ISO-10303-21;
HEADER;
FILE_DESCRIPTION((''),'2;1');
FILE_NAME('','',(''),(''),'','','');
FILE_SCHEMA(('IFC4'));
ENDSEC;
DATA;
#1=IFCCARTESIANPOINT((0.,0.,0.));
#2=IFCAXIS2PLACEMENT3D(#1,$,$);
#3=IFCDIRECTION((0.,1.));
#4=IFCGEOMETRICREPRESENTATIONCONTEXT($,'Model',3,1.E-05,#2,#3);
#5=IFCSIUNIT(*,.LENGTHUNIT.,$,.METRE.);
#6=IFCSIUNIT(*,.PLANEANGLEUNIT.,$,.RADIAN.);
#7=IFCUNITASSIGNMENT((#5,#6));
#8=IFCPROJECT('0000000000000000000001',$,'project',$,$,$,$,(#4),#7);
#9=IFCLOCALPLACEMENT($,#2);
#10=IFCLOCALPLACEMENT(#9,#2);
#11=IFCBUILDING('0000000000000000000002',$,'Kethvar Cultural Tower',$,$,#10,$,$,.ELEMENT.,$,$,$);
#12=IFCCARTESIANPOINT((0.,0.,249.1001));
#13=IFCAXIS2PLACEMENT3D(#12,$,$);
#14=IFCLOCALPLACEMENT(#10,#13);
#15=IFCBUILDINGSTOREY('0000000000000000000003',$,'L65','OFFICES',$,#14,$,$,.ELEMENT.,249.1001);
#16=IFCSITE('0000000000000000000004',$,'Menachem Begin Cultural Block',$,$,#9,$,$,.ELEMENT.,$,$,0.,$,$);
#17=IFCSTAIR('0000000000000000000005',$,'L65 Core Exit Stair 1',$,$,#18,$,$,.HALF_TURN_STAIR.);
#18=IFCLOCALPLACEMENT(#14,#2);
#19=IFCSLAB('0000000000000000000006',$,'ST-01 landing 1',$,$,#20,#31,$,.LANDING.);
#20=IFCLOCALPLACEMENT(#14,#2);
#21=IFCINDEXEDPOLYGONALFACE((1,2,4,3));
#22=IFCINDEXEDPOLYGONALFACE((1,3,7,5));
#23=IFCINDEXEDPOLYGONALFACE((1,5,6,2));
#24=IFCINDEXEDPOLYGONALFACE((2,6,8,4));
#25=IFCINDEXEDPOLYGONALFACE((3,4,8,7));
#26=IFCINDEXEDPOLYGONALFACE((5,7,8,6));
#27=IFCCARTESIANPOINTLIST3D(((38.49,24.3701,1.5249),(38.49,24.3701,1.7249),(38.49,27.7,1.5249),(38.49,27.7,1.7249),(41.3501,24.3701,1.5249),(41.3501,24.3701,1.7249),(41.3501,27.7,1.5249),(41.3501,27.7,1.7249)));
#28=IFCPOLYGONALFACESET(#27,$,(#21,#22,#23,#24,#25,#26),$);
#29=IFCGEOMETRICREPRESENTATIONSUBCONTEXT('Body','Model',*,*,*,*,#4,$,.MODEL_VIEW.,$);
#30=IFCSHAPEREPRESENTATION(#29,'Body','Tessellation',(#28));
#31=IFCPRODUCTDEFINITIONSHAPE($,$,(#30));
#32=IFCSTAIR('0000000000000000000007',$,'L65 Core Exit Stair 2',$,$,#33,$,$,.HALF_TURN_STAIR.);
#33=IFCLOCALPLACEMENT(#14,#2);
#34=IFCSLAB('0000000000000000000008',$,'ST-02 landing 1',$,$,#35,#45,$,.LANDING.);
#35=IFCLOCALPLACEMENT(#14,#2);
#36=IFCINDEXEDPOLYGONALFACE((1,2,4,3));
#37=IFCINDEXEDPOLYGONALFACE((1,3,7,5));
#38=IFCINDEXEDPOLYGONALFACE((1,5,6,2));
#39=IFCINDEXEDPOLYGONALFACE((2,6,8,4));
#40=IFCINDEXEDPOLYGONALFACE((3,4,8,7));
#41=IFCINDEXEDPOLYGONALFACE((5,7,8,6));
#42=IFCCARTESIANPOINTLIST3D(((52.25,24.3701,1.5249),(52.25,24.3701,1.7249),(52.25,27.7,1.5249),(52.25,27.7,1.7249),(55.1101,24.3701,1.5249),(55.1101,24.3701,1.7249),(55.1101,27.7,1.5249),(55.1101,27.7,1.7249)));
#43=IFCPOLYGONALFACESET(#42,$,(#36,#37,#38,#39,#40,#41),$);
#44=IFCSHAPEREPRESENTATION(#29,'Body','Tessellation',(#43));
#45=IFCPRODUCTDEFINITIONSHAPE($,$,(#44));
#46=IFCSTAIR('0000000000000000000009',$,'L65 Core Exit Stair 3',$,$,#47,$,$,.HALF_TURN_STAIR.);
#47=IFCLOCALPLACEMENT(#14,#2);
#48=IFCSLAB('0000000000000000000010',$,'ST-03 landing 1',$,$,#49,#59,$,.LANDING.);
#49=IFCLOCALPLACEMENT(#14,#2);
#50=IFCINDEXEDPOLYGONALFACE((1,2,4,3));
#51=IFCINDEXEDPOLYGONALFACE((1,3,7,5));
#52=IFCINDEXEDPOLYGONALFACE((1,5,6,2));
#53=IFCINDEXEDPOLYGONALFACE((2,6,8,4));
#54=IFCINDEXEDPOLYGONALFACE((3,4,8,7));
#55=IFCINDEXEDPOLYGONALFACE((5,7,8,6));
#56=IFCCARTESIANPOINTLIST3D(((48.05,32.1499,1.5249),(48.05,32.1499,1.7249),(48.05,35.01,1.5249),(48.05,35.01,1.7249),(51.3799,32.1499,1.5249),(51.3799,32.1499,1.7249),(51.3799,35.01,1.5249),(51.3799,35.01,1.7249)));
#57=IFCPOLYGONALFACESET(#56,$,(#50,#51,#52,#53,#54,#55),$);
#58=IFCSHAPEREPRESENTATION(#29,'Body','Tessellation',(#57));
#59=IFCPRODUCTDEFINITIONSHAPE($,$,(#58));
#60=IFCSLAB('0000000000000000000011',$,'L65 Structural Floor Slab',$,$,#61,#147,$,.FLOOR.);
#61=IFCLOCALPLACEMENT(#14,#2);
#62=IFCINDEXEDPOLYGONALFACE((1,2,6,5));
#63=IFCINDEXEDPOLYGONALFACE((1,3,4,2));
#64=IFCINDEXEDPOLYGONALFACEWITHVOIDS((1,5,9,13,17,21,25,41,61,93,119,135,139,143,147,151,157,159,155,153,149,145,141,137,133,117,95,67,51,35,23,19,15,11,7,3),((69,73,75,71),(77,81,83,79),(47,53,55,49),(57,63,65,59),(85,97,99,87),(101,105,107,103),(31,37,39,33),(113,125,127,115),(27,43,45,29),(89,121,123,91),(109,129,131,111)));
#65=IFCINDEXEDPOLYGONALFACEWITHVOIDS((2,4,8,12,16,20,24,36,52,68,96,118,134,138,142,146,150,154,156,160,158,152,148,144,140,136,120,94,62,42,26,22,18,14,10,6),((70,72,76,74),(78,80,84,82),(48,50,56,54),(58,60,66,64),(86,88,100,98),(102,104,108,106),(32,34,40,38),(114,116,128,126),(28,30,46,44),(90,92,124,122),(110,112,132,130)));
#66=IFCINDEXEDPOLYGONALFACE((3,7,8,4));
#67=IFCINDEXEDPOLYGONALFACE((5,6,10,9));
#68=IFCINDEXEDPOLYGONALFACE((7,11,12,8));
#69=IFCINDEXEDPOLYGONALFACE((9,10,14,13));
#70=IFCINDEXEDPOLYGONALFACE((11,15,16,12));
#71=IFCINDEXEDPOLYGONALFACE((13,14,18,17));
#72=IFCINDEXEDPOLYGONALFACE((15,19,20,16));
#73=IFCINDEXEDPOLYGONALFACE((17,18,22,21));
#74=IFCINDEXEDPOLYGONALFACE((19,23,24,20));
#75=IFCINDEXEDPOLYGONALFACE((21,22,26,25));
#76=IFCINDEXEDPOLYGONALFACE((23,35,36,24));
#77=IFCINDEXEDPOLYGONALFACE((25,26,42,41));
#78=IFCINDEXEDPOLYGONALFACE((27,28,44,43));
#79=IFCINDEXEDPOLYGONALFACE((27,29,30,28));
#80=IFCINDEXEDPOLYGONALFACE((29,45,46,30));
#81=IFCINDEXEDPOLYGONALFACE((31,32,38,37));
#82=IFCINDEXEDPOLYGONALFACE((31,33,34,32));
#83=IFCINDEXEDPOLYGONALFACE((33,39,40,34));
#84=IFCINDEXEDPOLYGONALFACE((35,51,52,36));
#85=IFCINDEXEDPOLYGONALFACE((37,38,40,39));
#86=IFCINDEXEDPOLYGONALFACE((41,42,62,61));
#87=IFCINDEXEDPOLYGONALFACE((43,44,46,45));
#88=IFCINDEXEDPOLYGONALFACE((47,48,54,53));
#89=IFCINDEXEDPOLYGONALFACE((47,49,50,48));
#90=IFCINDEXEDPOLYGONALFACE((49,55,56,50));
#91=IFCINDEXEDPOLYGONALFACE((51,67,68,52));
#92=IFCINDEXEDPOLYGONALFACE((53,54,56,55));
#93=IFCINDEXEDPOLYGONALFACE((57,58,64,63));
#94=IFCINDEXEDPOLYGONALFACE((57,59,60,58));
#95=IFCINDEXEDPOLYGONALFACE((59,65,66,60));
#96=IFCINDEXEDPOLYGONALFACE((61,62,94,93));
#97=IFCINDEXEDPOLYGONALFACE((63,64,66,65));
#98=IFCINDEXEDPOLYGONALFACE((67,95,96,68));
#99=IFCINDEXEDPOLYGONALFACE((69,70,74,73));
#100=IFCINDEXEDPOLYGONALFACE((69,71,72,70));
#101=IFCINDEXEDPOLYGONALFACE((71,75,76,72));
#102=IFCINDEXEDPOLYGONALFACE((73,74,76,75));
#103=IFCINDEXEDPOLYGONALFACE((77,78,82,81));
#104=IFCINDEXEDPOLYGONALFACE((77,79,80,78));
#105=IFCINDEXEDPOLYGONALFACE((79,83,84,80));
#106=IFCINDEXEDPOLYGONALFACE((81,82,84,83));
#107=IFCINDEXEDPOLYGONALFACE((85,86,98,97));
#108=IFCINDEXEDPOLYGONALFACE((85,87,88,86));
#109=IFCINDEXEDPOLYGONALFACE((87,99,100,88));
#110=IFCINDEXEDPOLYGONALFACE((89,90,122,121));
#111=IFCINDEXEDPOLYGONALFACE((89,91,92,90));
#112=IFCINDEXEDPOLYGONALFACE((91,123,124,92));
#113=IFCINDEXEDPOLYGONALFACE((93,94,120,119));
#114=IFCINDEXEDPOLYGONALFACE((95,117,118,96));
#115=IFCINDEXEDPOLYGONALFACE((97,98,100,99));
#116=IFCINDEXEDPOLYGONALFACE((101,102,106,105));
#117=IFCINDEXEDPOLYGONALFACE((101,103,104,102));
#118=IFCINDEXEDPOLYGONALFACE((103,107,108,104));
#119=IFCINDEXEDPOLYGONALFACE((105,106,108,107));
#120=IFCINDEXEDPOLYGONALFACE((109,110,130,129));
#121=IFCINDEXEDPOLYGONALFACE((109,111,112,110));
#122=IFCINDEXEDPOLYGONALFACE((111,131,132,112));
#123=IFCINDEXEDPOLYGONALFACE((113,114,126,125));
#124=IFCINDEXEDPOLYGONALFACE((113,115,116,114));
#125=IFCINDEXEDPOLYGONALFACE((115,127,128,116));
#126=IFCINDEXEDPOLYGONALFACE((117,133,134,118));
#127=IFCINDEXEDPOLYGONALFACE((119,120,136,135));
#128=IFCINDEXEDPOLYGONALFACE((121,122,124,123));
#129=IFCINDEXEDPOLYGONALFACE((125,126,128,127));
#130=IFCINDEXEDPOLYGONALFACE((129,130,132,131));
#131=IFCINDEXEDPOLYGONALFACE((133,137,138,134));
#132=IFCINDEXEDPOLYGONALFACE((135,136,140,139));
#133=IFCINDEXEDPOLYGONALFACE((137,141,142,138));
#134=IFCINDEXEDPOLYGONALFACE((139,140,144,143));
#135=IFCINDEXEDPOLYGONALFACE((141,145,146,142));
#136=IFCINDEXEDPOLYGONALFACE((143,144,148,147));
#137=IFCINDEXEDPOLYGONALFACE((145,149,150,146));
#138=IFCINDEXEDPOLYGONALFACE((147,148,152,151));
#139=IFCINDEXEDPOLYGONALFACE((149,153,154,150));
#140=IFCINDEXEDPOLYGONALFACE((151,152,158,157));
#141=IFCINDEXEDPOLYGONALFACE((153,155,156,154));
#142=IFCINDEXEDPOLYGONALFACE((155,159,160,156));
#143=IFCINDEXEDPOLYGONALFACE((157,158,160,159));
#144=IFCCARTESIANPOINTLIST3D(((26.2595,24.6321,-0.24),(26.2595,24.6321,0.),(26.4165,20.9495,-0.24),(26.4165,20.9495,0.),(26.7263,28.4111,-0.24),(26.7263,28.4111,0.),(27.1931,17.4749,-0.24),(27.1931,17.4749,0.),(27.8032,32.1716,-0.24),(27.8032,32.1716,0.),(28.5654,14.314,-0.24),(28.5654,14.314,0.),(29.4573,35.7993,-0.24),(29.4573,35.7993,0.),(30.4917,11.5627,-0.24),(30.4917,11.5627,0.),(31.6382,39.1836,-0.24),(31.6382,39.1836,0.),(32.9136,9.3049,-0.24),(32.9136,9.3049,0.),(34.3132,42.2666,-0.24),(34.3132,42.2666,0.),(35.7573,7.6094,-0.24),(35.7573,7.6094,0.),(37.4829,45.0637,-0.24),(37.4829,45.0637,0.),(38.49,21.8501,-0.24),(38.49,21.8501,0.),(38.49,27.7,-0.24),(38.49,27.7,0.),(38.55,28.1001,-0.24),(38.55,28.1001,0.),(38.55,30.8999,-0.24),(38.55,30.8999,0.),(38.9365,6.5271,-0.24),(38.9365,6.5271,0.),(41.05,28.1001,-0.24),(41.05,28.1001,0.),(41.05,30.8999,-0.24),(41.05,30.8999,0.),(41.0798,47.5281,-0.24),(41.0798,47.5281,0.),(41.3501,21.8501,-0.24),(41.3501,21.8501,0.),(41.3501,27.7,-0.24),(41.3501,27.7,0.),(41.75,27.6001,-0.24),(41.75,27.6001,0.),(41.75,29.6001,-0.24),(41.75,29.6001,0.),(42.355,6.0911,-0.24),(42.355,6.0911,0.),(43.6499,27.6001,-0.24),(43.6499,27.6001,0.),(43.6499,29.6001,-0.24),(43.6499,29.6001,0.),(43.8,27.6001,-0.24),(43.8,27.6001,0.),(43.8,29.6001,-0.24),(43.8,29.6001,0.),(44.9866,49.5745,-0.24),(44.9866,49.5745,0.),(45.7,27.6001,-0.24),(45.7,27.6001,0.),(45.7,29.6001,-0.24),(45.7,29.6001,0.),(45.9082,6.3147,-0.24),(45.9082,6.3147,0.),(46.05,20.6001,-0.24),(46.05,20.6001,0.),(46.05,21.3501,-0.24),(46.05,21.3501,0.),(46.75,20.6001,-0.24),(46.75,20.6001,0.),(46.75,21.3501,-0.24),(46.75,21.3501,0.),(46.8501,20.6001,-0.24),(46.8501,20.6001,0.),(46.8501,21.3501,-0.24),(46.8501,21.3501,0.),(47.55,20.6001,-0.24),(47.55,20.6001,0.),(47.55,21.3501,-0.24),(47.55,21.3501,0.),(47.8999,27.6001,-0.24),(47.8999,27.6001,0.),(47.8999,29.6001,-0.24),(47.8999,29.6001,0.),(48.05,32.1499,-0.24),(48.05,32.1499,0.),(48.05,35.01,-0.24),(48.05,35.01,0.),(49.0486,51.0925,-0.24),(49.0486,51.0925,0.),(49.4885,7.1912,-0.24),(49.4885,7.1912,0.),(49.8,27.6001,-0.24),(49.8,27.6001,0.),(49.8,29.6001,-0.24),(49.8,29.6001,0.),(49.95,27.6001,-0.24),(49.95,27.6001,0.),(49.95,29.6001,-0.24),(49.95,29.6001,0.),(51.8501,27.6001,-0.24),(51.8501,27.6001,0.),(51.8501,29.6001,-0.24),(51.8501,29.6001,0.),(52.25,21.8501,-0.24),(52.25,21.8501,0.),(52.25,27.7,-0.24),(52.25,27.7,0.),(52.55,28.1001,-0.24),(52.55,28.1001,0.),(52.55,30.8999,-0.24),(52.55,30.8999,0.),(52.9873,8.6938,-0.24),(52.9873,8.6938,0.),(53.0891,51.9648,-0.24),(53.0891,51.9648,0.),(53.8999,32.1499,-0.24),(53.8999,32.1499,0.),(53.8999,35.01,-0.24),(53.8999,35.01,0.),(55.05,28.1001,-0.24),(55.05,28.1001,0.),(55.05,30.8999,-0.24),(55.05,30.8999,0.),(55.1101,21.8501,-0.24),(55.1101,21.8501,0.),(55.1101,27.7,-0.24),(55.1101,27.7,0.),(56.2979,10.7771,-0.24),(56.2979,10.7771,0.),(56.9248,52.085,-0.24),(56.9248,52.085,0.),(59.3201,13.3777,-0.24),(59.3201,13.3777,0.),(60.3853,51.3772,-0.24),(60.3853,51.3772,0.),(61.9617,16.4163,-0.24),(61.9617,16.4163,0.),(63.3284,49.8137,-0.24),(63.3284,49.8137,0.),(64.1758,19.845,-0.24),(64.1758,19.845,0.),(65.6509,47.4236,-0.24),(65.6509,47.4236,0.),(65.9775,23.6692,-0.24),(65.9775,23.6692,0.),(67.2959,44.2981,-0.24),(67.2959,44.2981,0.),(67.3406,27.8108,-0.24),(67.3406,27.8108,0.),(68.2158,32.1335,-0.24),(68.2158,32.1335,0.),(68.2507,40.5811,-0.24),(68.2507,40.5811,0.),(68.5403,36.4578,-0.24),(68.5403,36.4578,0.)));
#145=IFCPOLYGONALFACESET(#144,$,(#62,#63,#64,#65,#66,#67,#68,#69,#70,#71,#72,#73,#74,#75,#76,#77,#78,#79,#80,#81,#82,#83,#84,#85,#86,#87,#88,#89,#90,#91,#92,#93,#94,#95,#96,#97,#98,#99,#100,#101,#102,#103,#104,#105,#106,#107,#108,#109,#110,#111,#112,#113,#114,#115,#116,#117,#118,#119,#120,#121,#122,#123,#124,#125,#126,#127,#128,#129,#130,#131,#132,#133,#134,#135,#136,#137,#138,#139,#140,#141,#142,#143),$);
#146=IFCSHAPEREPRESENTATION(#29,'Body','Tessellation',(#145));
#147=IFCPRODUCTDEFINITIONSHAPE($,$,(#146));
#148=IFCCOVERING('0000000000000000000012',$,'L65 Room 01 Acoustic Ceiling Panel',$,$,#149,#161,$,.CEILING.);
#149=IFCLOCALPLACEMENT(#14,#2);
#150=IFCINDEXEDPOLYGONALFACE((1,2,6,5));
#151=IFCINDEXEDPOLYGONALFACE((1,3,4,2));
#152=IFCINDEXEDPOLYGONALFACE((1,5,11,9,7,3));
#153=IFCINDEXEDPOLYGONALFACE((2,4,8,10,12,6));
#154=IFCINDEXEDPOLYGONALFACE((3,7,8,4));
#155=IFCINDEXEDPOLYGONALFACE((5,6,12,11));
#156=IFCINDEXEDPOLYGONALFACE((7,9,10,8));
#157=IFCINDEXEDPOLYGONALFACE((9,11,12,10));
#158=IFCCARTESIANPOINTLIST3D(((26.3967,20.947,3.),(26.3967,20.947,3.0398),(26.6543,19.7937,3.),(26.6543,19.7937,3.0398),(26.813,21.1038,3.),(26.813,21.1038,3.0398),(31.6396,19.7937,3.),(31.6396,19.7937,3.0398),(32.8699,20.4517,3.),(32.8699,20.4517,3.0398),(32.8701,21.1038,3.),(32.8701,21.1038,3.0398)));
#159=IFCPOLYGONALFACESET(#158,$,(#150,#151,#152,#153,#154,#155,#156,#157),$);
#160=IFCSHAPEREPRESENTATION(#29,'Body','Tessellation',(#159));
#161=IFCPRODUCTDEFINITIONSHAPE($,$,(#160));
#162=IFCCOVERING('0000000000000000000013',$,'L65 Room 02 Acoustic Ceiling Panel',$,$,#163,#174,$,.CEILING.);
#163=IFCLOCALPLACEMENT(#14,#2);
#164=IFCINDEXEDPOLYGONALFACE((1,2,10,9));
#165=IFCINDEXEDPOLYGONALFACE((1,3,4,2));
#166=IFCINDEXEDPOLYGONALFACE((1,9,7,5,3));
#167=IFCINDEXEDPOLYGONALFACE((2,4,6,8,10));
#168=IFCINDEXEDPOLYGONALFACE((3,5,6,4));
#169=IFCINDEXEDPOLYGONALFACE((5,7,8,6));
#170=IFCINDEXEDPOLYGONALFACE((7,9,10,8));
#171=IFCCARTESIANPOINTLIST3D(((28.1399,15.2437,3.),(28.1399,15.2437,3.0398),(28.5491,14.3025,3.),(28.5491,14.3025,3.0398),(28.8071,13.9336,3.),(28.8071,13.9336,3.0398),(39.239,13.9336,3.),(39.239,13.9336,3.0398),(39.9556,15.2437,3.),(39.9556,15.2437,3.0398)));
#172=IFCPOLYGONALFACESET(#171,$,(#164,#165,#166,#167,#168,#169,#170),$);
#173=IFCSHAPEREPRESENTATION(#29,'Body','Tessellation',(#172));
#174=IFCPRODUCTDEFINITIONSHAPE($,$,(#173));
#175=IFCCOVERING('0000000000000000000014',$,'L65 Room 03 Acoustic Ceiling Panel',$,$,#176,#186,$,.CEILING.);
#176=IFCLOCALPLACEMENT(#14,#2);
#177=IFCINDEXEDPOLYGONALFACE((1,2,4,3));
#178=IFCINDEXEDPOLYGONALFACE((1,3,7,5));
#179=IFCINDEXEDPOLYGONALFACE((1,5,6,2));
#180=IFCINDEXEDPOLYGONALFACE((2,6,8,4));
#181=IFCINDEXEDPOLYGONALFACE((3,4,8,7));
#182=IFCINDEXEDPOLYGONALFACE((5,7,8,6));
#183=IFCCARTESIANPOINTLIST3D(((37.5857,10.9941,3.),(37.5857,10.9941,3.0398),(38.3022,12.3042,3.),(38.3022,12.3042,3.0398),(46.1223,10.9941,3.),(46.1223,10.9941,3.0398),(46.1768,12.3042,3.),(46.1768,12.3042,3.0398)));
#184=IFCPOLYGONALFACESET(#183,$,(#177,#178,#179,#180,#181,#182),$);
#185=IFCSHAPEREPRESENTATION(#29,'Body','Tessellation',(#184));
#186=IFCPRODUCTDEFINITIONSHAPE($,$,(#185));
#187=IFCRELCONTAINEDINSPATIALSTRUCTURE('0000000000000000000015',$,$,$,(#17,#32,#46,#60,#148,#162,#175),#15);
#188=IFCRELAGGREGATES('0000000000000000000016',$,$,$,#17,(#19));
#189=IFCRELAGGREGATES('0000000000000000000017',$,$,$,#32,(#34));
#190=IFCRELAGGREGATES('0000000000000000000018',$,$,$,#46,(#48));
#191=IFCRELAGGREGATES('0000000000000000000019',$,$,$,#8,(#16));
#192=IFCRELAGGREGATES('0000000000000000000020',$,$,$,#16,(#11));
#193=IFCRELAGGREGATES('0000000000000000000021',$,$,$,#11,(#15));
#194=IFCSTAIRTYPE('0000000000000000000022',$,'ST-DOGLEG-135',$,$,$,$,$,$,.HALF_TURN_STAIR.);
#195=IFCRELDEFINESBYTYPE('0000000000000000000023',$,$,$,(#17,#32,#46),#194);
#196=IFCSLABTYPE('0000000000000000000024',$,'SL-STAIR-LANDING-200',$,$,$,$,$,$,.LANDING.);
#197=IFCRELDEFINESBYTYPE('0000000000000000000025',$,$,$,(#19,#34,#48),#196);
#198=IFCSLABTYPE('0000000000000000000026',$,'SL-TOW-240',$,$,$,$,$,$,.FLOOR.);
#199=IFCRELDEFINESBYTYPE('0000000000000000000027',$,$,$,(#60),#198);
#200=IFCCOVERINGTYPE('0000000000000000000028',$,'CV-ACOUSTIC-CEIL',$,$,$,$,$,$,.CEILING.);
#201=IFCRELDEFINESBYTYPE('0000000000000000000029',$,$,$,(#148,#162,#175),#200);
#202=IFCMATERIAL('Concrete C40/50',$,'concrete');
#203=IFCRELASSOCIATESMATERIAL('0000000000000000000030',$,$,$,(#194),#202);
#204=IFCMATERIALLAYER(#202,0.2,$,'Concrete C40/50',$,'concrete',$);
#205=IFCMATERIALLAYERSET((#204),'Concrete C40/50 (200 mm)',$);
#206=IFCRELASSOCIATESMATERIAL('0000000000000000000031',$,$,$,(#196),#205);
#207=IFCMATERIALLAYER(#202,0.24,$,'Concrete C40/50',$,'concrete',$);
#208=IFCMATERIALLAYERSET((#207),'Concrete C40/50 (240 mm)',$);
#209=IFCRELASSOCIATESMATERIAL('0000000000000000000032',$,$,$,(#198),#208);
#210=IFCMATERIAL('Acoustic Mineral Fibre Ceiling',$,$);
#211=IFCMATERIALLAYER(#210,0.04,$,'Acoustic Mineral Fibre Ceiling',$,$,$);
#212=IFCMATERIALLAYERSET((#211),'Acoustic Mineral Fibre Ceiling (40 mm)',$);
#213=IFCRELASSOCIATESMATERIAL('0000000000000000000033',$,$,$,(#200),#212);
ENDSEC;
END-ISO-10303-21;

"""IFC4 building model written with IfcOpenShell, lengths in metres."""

from ifc_helpers import new_model, si_unit, direction, frame, origin, place, context, subcontext, project, spatial, polyline, outline, extrude, material, layer, layer_set, type_object, element, aggregate, save


model = new_model("IFC4")

# Units and contexts
model_context = context("Model", 3, precision=1e-05, world=origin(), true_north=direction((0.0, 1.0)))
body_context = subcontext(model_context, "Body", "Model", "MODEL_VIEW")
ifc_project = project(units=[si_unit("LENGTHUNIT", "METRE"), si_unit("PLANEANGLEUNIT", "RADIAN")], contexts=[model_context])

# Site, building, storey
site_placement = place(None, origin())
site = spatial("IfcSite", under=ifc_project, at=site_placement, Name="Menachem Begin Cultural Block", CompositionType="ELEMENT", RefElevation=0.0)
building_placement = place(site_placement, origin())
building = spatial("IfcBuilding", under=site, at=building_placement, Name="Kethvar Cultural Tower", CompositionType="ELEMENT")
storey_placement = place(building_placement, frame((0.0, 0.0, 249.1001)))
storey = spatial("IfcBuildingStorey", under=building, at=storey_placement, Name="L65", Description="OFFICES", CompositionType="ELEMENT", Elevation=249.1001)

# Stairs, slabs
ifc_material_1 = material(Name="Concrete C40/50", Category="concrete")
stair_type = type_object("IfcStairType", Name="ST-DOGLEG-135", PredefinedType="HALF_TURN_STAIR", material=ifc_material_1)
stair_1_placement = place(storey_placement, origin())
stair_1 = element("IfcStair", 1, at=stair_1_placement, inside=storey, type_object=stair_type, Name="L65 Core Exit Stair 1", PredefinedType="HALF_TURN_STAIR")
ifc_layer_1 = layer(ifc_material_1, 0.2, Name="Concrete C40/50", Category="concrete")
ifc_layer_set_1 = layer_set([ifc_layer_1], Name="Concrete C40/50 (200 mm)")
slab_type_1 = type_object("IfcSlabType", Name="SL-STAIR-LANDING-200", PredefinedType="LANDING", material=ifc_layer_set_1)
slab_1_placement = place(storey_placement, frame((0.0, 0.0, 1.5249)))
slab_1 = element("IfcSlab", 2, at=slab_1_placement, type_object=slab_type_1, Name="ST-01 landing 1", PredefinedType="LANDING", context=body_context, shape_type="SweptSolid", body=[
    extrude(outline(polyline([(41.3501, 24.3701), (41.3501, 27.7), (38.49, 27.7), (38.49, 24.3701), (41.3501, 24.3701)])), origin(), (0.0, 0.0, 1.0), 0.2),
])
aggregate(stair_1, [slab_1])
stair_2_placement = place(storey_placement, origin())
stair_2 = element("IfcStair", 3, at=stair_2_placement, inside=storey, type_object=stair_type, Name="L65 Core Exit Stair 2", PredefinedType="HALF_TURN_STAIR")
slab_2_placement = place(storey_placement, frame((0.0, 0.0, 1.5249)))
slab_2 = element("IfcSlab", 4, at=slab_2_placement, type_object=slab_type_1, Name="ST-02 landing 1", PredefinedType="LANDING", context=body_context, shape_type="SweptSolid", body=[
    extrude(outline(polyline([(55.1101, 24.3701), (55.1101, 27.7), (52.25, 27.7), (52.25, 24.3701), (55.1101, 24.3701)])), origin(), (0.0, 0.0, 1.0), 0.2),
])
aggregate(stair_2, [slab_2])
stair_3_placement = place(storey_placement, origin())
stair_3 = element("IfcStair", 5, at=stair_3_placement, inside=storey, type_object=stair_type, Name="L65 Core Exit Stair 3", PredefinedType="HALF_TURN_STAIR")
slab_3_placement = place(storey_placement, frame((0.0, 0.0, 1.5249)))
slab_3 = element("IfcSlab", 6, at=slab_3_placement, type_object=slab_type_1, Name="ST-03 landing 1", PredefinedType="LANDING", context=body_context, shape_type="SweptSolid", body=[
    extrude(outline(polyline([(51.3799, 35.01), (48.05, 35.01), (48.05, 32.1499), (51.3799, 32.1499), (51.3799, 35.01)])), origin(), (0.0, 0.0, 1.0), 0.2),
])
aggregate(stair_3, [slab_3])

# Slab
ifc_layer_2 = layer(ifc_material_1, 0.24, Name="Concrete C40/50", Category="concrete")
ifc_layer_set_2 = layer_set([ifc_layer_2], Name="Concrete C40/50 (240 mm)")
slab_type_2 = type_object("IfcSlabType", Name="SL-TOW-240", PredefinedType="FLOOR", material=ifc_layer_set_2)
slab_4_placement = place(storey_placement, frame((0.0, 0.0, -0.24)))
element("IfcSlab", 7, at=slab_4_placement, inside=storey, type_object=slab_type_2, Name="L65 Structural Floor Slab", PredefinedType="FLOOR", context=body_context, shape_type="SweptSolid", body=[
    extrude(outline(polyline([(63.3284, 49.8137), (60.3853, 51.3772), (56.9248, 52.085), (53.0891, 51.9648), (49.0486, 51.0925), (44.9866, 49.5745), (41.0798, 47.5281), (37.4829, 45.0637), (34.3132, 42.2666), (31.6382, 39.1836), (29.4573, 35.7993), (27.8032, 32.1716), (26.7263, 28.4111), (26.2595, 24.6321), (26.4165, 20.9495), (27.1931, 17.4749), (28.5654, 14.314), (30.4917, 11.5627), (32.9136, 9.3049), (35.7573, 7.6094), (38.9365, 6.5271), (42.355, 6.0911), (45.9082, 6.3147), (49.4885, 7.1912), (52.9873, 8.6938), (56.2979, 10.7771), (59.3201, 13.3777), (61.9617, 16.4163), (64.1758, 19.845), (65.9775, 23.6692), (67.3406, 27.8108), (68.2158, 32.1335), (68.5403, 36.4578), (68.2507, 40.5811), (67.2959, 44.2981), (65.6509, 47.4236), (63.3284, 49.8137)]), holes=[polyline([(38.49, 21.8501), (38.49, 27.7), (41.3501, 27.7), (41.3501, 21.8501), (38.49, 21.8501)]), polyline([(52.25, 21.8501), (52.25, 27.7), (55.1101, 27.7), (55.1101, 21.8501), (52.25, 21.8501)]), polyline([(53.8999, 32.1499), (48.05, 32.1499), (48.05, 35.01), (53.8999, 35.01), (53.8999, 32.1499)]), polyline([(41.75, 29.6001), (43.6499, 29.6001), (43.6499, 27.6001), (41.75, 27.6001), (41.75, 29.6001)]), polyline([(43.8, 29.6001), (45.7, 29.6001), (45.7, 27.6001), (43.8, 27.6001), (43.8, 29.6001)]), polyline([(47.8999, 29.6001), (49.8, 29.6001), (49.8, 27.6001), (47.8999, 27.6001), (47.8999, 29.6001)]), polyline([(49.95, 29.6001), (51.8501, 29.6001), (51.8501, 27.6001), (49.95, 27.6001), (49.95, 29.6001)]), polyline([(38.55, 30.8999), (41.05, 30.8999), (41.05, 28.1001), (38.55, 28.1001), (38.55, 30.8999)]), polyline([(52.55, 30.8999), (55.05, 30.8999), (55.05, 28.1001), (52.55, 28.1001), (52.55, 30.8999)]), polyline([(46.05, 21.3501), (46.75, 21.3501), (46.75, 20.6001), (46.05, 20.6001), (46.05, 21.3501)]), polyline([(46.8501, 21.3501), (47.55, 21.3501), (47.55, 20.6001), (46.8501, 20.6001), (46.8501, 21.3501)])]), origin(), (0.0, 0.0, 1.0), 0.24),
])

# Coverings
ifc_material_2 = material(Name="Acoustic Mineral Fibre Ceiling")
ifc_layer_3 = layer(ifc_material_2, 0.04, Name="Acoustic Mineral Fibre Ceiling")
ifc_layer_set_3 = layer_set([ifc_layer_3], Name="Acoustic Mineral Fibre Ceiling (40 mm)")
covering_type_1 = type_object("IfcCoveringType", Name="CV-ACOUSTIC-CEIL", PredefinedType="CEILING", material=ifc_layer_set_3)
covering_1_placement = place(storey_placement, frame((0.0, 0.0, 3.0)))
element("IfcCovering", 8, at=covering_1_placement, inside=storey, type_object=covering_type_1, Name="L65 Room 01 Acoustic Ceiling Panel", PredefinedType="CEILING", context=body_context, shape_type="SweptSolid", body=[
    extrude(outline(polyline([(26.3967, 20.947), (26.813, 21.1038), (32.8701, 21.1038), (32.8699, 20.4517), (31.6396, 19.7937), (26.6543, 19.7937), (26.3967, 20.947)])), origin(), (0.0, 0.0, 1.0), 0.0398),
])
covering_2_placement = place(storey_placement, frame((0.0, 0.0, 3.0)))
element("IfcCovering", 9, at=covering_2_placement, inside=storey, type_object=covering_type_1, Name="L65 Room 02 Acoustic Ceiling Panel", PredefinedType="CEILING", context=body_context, shape_type="SweptSolid", body=[
    extrude(outline(polyline([(28.5491, 14.3025), (28.1399, 15.2437), (39.9556, 15.2437), (39.239, 13.9336), (28.8071, 13.9336), (28.5491, 14.3025)])), origin(), (0.0, 0.0, 1.0), 0.0398),
])
covering_3_placement = place(storey_placement, frame((0.0, 0.0, 3.0)))
element("IfcCovering", 10, at=covering_3_placement, inside=storey, type_object=covering_type_1, Name="L65 Room 03 Acoustic Ceiling Panel", PredefinedType="CEILING", context=body_context, shape_type="SweptSolid", body=[
    extrude(outline(polyline([(38.3022, 12.3042), (46.1768, 12.3042), (46.1223, 10.9941), (37.5857, 10.9941), (38.3022, 12.3042)])), origin(), (0.0, 0.0, 1.0), 0.0398),
])

save(model, "model.ifc")
